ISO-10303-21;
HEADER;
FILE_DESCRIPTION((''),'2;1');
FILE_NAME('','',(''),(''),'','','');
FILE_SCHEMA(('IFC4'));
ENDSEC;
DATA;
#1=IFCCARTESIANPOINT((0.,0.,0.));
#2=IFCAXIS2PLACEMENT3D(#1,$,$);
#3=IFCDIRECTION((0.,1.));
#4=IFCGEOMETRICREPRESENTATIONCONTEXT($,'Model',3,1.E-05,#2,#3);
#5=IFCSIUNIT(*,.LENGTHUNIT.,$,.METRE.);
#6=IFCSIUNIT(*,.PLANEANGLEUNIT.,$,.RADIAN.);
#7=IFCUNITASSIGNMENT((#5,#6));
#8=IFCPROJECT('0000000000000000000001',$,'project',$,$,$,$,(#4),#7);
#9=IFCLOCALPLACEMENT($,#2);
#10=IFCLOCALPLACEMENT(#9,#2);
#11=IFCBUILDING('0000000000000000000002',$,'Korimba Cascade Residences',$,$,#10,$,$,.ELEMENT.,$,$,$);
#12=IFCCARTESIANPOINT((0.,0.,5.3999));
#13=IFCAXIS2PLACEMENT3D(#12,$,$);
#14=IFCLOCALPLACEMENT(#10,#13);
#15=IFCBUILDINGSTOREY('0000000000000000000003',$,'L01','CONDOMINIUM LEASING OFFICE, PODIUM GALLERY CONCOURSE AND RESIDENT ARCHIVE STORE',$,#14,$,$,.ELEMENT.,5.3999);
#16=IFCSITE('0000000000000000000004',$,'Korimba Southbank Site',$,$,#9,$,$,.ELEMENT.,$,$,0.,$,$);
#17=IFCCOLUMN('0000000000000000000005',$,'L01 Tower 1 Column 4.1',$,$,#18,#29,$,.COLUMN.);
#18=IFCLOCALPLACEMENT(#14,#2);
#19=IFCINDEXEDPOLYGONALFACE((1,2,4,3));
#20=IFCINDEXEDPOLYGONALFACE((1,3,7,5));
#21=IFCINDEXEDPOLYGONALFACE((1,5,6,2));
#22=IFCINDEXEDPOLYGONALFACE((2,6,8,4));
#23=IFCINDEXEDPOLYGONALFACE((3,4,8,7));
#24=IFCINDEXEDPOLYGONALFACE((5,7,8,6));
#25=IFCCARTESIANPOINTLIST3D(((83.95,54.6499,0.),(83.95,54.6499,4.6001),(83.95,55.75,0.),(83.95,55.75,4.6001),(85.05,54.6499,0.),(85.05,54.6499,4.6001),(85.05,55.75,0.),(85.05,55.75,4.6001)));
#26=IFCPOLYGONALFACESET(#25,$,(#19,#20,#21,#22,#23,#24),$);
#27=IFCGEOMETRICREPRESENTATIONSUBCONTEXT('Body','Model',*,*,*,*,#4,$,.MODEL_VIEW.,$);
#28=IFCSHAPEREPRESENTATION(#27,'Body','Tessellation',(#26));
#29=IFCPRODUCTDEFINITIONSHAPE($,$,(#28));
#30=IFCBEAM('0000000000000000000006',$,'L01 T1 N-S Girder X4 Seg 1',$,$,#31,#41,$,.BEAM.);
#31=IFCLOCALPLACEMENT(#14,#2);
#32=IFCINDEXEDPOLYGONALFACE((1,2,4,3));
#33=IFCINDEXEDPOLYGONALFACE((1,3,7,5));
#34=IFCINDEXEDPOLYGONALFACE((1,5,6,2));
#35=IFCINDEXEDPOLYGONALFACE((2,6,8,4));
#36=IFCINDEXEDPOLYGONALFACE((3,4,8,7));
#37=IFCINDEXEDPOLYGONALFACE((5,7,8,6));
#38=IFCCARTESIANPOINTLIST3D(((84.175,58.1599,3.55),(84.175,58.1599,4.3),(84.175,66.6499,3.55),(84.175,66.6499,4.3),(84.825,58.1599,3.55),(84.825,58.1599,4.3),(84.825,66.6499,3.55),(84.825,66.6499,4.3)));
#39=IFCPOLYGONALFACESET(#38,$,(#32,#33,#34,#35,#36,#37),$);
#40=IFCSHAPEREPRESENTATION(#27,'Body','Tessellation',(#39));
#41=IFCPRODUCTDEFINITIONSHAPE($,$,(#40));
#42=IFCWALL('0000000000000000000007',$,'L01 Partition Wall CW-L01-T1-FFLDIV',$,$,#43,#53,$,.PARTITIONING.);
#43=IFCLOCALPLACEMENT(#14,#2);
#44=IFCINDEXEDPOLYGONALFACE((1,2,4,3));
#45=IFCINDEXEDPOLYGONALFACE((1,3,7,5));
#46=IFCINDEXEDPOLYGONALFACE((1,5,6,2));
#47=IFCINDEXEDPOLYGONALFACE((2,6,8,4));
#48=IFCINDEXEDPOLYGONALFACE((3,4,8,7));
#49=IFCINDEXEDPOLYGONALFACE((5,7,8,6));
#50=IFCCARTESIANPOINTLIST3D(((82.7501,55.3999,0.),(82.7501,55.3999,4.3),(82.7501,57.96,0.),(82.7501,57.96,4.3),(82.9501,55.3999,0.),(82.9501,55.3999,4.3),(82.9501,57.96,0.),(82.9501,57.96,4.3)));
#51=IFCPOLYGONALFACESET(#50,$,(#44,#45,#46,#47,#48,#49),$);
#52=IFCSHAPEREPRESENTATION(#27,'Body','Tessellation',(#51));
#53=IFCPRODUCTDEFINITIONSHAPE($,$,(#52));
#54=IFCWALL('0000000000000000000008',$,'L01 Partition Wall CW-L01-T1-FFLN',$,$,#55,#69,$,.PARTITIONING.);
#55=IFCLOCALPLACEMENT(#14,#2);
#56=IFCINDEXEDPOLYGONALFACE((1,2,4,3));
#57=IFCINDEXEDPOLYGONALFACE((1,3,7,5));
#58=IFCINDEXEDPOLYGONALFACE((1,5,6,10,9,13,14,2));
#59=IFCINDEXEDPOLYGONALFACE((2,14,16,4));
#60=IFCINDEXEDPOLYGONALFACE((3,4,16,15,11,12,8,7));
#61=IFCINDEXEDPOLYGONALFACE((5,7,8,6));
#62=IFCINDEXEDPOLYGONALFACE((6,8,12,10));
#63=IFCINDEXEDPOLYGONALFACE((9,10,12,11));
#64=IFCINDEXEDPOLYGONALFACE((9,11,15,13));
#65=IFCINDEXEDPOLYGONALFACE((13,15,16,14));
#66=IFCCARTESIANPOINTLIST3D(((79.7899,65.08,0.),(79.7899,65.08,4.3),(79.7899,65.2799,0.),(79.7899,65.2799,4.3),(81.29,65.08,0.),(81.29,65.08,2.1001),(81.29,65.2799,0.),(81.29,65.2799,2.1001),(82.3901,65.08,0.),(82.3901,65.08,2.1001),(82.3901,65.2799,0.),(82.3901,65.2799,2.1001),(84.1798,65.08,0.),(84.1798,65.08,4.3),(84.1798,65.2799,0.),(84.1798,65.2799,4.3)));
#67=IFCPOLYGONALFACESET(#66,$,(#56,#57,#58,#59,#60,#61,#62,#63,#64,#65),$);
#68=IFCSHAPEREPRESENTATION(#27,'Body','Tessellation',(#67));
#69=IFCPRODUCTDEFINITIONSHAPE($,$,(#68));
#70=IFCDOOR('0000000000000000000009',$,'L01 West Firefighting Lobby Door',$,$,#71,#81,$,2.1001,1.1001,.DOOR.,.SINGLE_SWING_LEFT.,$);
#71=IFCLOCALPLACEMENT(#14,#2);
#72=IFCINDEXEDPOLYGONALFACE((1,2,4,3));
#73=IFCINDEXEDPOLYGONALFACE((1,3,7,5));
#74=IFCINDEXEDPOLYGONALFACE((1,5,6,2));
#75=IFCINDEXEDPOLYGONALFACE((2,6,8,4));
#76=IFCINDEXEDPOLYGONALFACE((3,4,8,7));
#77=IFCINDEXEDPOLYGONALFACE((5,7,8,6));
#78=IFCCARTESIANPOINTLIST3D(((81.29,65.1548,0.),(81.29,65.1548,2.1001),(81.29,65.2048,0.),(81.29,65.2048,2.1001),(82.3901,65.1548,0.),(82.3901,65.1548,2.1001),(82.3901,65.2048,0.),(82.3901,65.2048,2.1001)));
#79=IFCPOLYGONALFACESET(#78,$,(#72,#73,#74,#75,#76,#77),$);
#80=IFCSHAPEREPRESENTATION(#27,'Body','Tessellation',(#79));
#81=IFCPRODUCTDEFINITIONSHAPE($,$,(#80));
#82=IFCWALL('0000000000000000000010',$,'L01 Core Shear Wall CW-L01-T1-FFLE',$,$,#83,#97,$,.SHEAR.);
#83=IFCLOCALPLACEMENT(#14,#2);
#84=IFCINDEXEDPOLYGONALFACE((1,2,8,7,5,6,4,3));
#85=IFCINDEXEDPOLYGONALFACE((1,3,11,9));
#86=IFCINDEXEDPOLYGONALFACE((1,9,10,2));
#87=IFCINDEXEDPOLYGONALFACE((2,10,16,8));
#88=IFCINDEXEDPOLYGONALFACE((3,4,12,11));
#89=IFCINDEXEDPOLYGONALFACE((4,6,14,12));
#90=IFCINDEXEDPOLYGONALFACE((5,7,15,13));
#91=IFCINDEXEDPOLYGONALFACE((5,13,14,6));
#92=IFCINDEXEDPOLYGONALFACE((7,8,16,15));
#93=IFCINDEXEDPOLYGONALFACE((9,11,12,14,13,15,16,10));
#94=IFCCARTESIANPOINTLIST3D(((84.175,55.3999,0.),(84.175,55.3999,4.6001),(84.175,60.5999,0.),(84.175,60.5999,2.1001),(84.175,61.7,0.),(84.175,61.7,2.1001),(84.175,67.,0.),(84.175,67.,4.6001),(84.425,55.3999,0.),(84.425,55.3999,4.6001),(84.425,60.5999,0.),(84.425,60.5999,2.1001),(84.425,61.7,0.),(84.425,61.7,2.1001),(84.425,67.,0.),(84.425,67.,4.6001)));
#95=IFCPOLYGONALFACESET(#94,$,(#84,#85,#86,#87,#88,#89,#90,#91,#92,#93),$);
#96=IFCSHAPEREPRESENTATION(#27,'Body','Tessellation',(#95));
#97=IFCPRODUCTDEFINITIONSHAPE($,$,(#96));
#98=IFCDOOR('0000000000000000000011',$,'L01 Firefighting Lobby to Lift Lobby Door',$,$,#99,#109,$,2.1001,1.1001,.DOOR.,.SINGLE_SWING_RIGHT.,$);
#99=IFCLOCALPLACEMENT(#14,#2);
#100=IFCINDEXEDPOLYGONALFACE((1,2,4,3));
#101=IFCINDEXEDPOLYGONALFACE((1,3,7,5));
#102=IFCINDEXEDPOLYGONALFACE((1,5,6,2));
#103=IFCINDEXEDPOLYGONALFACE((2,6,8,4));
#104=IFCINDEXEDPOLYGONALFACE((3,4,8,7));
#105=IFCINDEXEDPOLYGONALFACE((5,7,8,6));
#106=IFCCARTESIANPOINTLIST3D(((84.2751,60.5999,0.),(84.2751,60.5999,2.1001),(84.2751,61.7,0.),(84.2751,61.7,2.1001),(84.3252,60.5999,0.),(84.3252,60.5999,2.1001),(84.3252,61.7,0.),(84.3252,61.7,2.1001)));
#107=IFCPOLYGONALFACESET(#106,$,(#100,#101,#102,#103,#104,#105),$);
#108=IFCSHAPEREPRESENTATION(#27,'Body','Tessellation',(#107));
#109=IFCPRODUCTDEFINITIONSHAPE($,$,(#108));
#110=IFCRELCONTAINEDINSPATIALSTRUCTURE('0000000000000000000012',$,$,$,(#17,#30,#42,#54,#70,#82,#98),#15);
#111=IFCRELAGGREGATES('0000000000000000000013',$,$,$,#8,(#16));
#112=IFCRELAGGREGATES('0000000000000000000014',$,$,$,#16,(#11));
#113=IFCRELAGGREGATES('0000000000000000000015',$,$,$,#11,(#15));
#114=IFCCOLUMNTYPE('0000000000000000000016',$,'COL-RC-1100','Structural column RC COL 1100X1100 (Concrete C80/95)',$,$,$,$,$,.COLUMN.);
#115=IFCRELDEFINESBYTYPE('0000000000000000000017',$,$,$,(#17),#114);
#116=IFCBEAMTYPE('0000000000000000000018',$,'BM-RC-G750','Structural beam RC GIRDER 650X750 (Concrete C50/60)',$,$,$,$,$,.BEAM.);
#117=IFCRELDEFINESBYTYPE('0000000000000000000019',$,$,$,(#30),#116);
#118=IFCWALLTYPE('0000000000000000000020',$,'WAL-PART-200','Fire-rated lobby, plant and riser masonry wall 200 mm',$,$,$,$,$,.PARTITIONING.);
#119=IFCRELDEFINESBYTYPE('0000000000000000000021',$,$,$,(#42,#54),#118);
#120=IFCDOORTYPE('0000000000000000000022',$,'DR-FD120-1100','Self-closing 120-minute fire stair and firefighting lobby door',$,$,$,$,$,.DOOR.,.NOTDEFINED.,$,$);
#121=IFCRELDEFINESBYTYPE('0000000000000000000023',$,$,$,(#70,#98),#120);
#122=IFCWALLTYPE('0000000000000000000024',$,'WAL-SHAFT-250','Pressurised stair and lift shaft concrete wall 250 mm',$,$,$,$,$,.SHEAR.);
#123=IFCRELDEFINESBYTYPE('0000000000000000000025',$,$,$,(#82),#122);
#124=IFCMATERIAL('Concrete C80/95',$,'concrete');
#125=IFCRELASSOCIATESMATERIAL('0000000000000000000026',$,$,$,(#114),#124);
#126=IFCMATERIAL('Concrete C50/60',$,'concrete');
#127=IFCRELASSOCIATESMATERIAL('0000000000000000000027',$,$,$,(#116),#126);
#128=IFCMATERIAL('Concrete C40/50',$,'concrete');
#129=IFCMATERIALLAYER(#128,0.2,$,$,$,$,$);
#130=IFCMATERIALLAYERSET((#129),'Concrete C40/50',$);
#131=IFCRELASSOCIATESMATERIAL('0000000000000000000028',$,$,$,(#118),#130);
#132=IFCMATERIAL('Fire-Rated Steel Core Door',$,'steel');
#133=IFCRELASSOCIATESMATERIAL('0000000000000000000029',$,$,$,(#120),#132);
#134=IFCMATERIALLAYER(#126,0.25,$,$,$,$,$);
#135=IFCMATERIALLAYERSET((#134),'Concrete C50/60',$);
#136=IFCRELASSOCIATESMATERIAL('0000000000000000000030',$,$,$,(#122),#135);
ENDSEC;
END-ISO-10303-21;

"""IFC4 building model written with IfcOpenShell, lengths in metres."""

from ifc_helpers import new_model, si_unit, direction, frame, frame_2d, origin, origin_2d, place, context, subcontext, project, spatial, rectangle, extrude, material, layer, layer_set, material_profile, profile_set, type_object, element, fill, save


model = new_model("IFC4")

# Units and contexts
model_context = context("Model", 3, precision=1e-05, world=origin(), true_north=direction((0.0, 1.0)))
body_context = subcontext(model_context, "Body", "Model", "MODEL_VIEW")
ifc_project = project(units=[si_unit("LENGTHUNIT", "METRE"), si_unit("PLANEANGLEUNIT", "RADIAN")], contexts=[model_context])

# Site, building, storey
site_placement = place(None, origin())
site = spatial("IfcSite", under=ifc_project, at=site_placement, Name="Korimba Southbank Site", CompositionType="ELEMENT", RefElevation=0.0)
building_placement = place(site_placement, origin())
building = spatial("IfcBuilding", under=site, at=building_placement, Name="Korimba Cascade Residences", CompositionType="ELEMENT")
storey_placement = place(building_placement, frame((0.0, 0.0, 5.3999)))
storey = spatial("IfcBuildingStorey", under=building, at=storey_placement, Name="L01", Description="CONDOMINIUM LEASING OFFICE, PODIUM GALLERY CONCOURSE AND RESIDENT ARCHIVE STORE", CompositionType="ELEMENT", Elevation=5.3999)

# Column
ifc_material_1 = material(Name="Concrete C80/95", Category="concrete")
ifc_material_profile_1 = material_profile(ifc_material_1, rectangle(XDim=1.1001, YDim=1.1001, at=origin_2d()), Name="Concrete C80/95")
ifc_profile_set_1 = profile_set([ifc_material_profile_1], Name="Concrete C80/95")
column_type = type_object("IfcColumnType", Name="COL-RC-1100", Description="Structural column RC COL 1100X1100 (Concrete C80/95)", PredefinedType="COLUMN", material=ifc_profile_set_1)
column_placement = place(storey_placement, frame((84.5, 55.2, 0.0), z_axis=(0.0, 0.0, 1.0), x_axis=(1.0, 0.0, 0.0)))
element("IfcColumn", 1, at=column_placement, inside=storey, type_object=column_type, Name="L01 Tower 1 Column 4.1", PredefinedType="COLUMN", context=body_context, shape_type="SweptSolid", body=[
    extrude(rectangle(XDim=1.1001, YDim=1.1001, at=origin_2d()), origin(), (0.0, 0.0, 1.0), 4.6001),
])

# Beam
ifc_material_2 = material(Name="Concrete C50/60", Category="concrete")
ifc_material_profile_2 = material_profile(ifc_material_2, rectangle(XDim=0.6499, YDim=0.75, at=origin_2d()), Name="Concrete C50/60")
ifc_profile_set_2 = profile_set([ifc_material_profile_2], Name="Concrete C50/60")
beam_type = type_object("IfcBeamType", Name="BM-RC-G750", Description="Structural beam RC GIRDER 650X750 (Concrete C50/60)", PredefinedType="BEAM", material=ifc_profile_set_2)
beam_placement = place(storey_placement, frame((84.5, 58.1599, 3.925), z_axis=(0.0, 1.0, 0.0), x_axis=(-1.0, 0.0, 0.0)))
element("IfcBeam", 2, at=beam_placement, inside=storey, type_object=beam_type, Name="L01 T1 N-S Girder X4 Seg 1", PredefinedType="BEAM", context=body_context, shape_type="SweptSolid", body=[
    extrude(rectangle(XDim=0.6499, YDim=0.75, at=origin_2d()), origin(), (0.0, 0.0, 1.0), 8.49),
])

# Wall
ifc_material_3 = material(Name="Concrete C40/50", Category="concrete")
ifc_layer_1 = layer(ifc_material_3, 0.2)
ifc_layer_set_1 = layer_set([ifc_layer_1], Name="Concrete C40/50")
wall_type_1 = type_object("IfcWallType", Name="WAL-PART-200", Description="Fire-rated lobby, plant and riser masonry wall 200 mm", PredefinedType="PARTITIONING", material=ifc_layer_set_1)
wall_1_placement = place(storey_placement, frame((82.8501, 55.3999, 0.0), z_axis=(0.0, 0.0, 1.0), x_axis=(0.0, 1.0, 0.0)))
element("IfcWall", 3, at=wall_1_placement, inside=storey, type_object=wall_type_1, Name="L01 Partition Wall CW-L01-T1-FFLDIV", PredefinedType="PARTITIONING", context=body_context, shape_type="SweptSolid", body=[
    extrude(rectangle(XDim=2.5601, YDim=0.2, at=frame_2d((1.28, 0.0))), origin(), (0.0, 0.0, 1.0), 4.3),
])

# Wall, opening, door
wall_2_placement = place(storey_placement, frame((79.79, 65.1799, 0.0), z_axis=(0.0, 0.0, 1.0), x_axis=(1.0, 0.0, 0.0)))
wall_2 = element("IfcWall", 4, at=wall_2_placement, inside=storey, type_object=wall_type_1, Name="L01 Partition Wall CW-L01-T1-FFLN", PredefinedType="PARTITIONING", context=body_context, shape_type="SweptSolid", body=[
    extrude(rectangle(XDim=4.3899, YDim=0.2, at=frame_2d((2.1948, 0.0))), origin(), (0.0, 0.0, 1.0), 4.3),
])
opening_1_placement = place(wall_2_placement, frame((1.5, 0.0, 0.0)))
opening_1 = element("IfcOpeningElement", 5, at=opening_1_placement, cuts=wall_2, PredefinedType="OPENING", context=body_context, shape_type="SweptSolid", body=[
    extrude(rectangle(XDim=1.1001, YDim=2.1001, at=frame_2d((0.55, 1.05))), frame((0.0, 0.1099, 0.0), z_axis=(0.0, -1.0, 0.0), x_axis=(1.0, 0.0, 0.0)), (0.0, 0.0, 1.0), 0.22),
])
ifc_material_4 = material(Name="Fire-Rated Steel Core Door", Category="steel")
door_type_1 = type_object("IfcDoorType", Name="DR-FD120-1100", Description="Self-closing 120-minute fire stair and firefighting lobby door", OperationType="NOTDEFINED", PredefinedType="DOOR", material=ifc_material_4)
door_1_placement = place(opening_1_placement, origin())
door_1 = element("IfcDoor", 6, at=door_1_placement, inside=storey, type_object=door_type_1, Name="L01 West Firefighting Lobby Door", OperationType="SINGLE_SWING_LEFT", OverallHeight=2.1001, OverallWidth=1.1001, PredefinedType="DOOR", context=body_context, shape_type="SweptSolid", body=[
    extrude(rectangle(XDim=1.1001, YDim=2.1001, at=frame_2d((0.55, 1.05))), frame((0.0, 0.0249, 0.0), z_axis=(0.0, -1.0, 0.0), x_axis=(1.0, 0.0, 0.0)), (0.0, 0.0, 1.0), 0.05),
])
fill(opening_1, door_1)

# Shared definitions
ifc_layer_2 = layer(ifc_material_2, 0.25)
ifc_layer_set_2 = layer_set([ifc_layer_2], Name="Concrete C50/60")
wall_type_2 = type_object("IfcWallType", Name="WAL-SHAFT-250", Description="Pressurised stair and lift shaft concrete wall 250 mm", PredefinedType="SHEAR", material=ifc_layer_set_2)

# Wall, opening, door
wall_3_placement = place(storey_placement, frame((84.3, 55.3999, 0.0), z_axis=(0.0, 0.0, 1.0), x_axis=(0.0, 1.0, 0.0)))
wall_3 = element("IfcWall", 7, at=wall_3_placement, inside=storey, type_object=wall_type_2, Name="L01 Core Shear Wall CW-L01-T1-FFLE", PredefinedType="SHEAR", context=body_context, shape_type="SweptSolid", body=[
    extrude(rectangle(XDim=11.6001, YDim=0.25, at=frame_2d((5.8, 0.0))), origin(), (0.0, 0.0, 1.0), 4.6001),
])
opening_2_placement = place(wall_3_placement, frame((5.2, 0.0, 0.0)))
opening_2 = element("IfcOpeningElement", 8, at=opening_2_placement, cuts=wall_3, PredefinedType="OPENING", context=body_context, shape_type="SweptSolid", body=[
    extrude(rectangle(XDim=1.1001, YDim=2.1001, at=frame_2d((0.55, 1.05))), frame((0.0, 0.135, 0.0), z_axis=(0.0, -1.0, 0.0), x_axis=(1.0, 0.0, 0.0)), (0.0, 0.0, 1.0), 0.27),
])
door_2_placement = place(opening_2_placement, origin())
door_2 = element("IfcDoor", 9, at=door_2_placement, inside=storey, type_object=door_type_1, Name="L01 Firefighting Lobby to Lift Lobby Door", OperationType="SINGLE_SWING_RIGHT", OverallHeight=2.1001, OverallWidth=1.1001, PredefinedType="DOOR", context=body_context, shape_type="SweptSolid", body=[
    extrude(rectangle(XDim=1.1001, YDim=2.1001, at=frame_2d((0.55, 1.05))), frame((0.0, 0.0249, 0.0), z_axis=(0.0, -1.0, 0.0), x_axis=(1.0, 0.0, 0.0)), (0.0, 0.0, 1.0), 0.05),
])
fill(opening_2, door_2)

save(model, "model.ifc")
